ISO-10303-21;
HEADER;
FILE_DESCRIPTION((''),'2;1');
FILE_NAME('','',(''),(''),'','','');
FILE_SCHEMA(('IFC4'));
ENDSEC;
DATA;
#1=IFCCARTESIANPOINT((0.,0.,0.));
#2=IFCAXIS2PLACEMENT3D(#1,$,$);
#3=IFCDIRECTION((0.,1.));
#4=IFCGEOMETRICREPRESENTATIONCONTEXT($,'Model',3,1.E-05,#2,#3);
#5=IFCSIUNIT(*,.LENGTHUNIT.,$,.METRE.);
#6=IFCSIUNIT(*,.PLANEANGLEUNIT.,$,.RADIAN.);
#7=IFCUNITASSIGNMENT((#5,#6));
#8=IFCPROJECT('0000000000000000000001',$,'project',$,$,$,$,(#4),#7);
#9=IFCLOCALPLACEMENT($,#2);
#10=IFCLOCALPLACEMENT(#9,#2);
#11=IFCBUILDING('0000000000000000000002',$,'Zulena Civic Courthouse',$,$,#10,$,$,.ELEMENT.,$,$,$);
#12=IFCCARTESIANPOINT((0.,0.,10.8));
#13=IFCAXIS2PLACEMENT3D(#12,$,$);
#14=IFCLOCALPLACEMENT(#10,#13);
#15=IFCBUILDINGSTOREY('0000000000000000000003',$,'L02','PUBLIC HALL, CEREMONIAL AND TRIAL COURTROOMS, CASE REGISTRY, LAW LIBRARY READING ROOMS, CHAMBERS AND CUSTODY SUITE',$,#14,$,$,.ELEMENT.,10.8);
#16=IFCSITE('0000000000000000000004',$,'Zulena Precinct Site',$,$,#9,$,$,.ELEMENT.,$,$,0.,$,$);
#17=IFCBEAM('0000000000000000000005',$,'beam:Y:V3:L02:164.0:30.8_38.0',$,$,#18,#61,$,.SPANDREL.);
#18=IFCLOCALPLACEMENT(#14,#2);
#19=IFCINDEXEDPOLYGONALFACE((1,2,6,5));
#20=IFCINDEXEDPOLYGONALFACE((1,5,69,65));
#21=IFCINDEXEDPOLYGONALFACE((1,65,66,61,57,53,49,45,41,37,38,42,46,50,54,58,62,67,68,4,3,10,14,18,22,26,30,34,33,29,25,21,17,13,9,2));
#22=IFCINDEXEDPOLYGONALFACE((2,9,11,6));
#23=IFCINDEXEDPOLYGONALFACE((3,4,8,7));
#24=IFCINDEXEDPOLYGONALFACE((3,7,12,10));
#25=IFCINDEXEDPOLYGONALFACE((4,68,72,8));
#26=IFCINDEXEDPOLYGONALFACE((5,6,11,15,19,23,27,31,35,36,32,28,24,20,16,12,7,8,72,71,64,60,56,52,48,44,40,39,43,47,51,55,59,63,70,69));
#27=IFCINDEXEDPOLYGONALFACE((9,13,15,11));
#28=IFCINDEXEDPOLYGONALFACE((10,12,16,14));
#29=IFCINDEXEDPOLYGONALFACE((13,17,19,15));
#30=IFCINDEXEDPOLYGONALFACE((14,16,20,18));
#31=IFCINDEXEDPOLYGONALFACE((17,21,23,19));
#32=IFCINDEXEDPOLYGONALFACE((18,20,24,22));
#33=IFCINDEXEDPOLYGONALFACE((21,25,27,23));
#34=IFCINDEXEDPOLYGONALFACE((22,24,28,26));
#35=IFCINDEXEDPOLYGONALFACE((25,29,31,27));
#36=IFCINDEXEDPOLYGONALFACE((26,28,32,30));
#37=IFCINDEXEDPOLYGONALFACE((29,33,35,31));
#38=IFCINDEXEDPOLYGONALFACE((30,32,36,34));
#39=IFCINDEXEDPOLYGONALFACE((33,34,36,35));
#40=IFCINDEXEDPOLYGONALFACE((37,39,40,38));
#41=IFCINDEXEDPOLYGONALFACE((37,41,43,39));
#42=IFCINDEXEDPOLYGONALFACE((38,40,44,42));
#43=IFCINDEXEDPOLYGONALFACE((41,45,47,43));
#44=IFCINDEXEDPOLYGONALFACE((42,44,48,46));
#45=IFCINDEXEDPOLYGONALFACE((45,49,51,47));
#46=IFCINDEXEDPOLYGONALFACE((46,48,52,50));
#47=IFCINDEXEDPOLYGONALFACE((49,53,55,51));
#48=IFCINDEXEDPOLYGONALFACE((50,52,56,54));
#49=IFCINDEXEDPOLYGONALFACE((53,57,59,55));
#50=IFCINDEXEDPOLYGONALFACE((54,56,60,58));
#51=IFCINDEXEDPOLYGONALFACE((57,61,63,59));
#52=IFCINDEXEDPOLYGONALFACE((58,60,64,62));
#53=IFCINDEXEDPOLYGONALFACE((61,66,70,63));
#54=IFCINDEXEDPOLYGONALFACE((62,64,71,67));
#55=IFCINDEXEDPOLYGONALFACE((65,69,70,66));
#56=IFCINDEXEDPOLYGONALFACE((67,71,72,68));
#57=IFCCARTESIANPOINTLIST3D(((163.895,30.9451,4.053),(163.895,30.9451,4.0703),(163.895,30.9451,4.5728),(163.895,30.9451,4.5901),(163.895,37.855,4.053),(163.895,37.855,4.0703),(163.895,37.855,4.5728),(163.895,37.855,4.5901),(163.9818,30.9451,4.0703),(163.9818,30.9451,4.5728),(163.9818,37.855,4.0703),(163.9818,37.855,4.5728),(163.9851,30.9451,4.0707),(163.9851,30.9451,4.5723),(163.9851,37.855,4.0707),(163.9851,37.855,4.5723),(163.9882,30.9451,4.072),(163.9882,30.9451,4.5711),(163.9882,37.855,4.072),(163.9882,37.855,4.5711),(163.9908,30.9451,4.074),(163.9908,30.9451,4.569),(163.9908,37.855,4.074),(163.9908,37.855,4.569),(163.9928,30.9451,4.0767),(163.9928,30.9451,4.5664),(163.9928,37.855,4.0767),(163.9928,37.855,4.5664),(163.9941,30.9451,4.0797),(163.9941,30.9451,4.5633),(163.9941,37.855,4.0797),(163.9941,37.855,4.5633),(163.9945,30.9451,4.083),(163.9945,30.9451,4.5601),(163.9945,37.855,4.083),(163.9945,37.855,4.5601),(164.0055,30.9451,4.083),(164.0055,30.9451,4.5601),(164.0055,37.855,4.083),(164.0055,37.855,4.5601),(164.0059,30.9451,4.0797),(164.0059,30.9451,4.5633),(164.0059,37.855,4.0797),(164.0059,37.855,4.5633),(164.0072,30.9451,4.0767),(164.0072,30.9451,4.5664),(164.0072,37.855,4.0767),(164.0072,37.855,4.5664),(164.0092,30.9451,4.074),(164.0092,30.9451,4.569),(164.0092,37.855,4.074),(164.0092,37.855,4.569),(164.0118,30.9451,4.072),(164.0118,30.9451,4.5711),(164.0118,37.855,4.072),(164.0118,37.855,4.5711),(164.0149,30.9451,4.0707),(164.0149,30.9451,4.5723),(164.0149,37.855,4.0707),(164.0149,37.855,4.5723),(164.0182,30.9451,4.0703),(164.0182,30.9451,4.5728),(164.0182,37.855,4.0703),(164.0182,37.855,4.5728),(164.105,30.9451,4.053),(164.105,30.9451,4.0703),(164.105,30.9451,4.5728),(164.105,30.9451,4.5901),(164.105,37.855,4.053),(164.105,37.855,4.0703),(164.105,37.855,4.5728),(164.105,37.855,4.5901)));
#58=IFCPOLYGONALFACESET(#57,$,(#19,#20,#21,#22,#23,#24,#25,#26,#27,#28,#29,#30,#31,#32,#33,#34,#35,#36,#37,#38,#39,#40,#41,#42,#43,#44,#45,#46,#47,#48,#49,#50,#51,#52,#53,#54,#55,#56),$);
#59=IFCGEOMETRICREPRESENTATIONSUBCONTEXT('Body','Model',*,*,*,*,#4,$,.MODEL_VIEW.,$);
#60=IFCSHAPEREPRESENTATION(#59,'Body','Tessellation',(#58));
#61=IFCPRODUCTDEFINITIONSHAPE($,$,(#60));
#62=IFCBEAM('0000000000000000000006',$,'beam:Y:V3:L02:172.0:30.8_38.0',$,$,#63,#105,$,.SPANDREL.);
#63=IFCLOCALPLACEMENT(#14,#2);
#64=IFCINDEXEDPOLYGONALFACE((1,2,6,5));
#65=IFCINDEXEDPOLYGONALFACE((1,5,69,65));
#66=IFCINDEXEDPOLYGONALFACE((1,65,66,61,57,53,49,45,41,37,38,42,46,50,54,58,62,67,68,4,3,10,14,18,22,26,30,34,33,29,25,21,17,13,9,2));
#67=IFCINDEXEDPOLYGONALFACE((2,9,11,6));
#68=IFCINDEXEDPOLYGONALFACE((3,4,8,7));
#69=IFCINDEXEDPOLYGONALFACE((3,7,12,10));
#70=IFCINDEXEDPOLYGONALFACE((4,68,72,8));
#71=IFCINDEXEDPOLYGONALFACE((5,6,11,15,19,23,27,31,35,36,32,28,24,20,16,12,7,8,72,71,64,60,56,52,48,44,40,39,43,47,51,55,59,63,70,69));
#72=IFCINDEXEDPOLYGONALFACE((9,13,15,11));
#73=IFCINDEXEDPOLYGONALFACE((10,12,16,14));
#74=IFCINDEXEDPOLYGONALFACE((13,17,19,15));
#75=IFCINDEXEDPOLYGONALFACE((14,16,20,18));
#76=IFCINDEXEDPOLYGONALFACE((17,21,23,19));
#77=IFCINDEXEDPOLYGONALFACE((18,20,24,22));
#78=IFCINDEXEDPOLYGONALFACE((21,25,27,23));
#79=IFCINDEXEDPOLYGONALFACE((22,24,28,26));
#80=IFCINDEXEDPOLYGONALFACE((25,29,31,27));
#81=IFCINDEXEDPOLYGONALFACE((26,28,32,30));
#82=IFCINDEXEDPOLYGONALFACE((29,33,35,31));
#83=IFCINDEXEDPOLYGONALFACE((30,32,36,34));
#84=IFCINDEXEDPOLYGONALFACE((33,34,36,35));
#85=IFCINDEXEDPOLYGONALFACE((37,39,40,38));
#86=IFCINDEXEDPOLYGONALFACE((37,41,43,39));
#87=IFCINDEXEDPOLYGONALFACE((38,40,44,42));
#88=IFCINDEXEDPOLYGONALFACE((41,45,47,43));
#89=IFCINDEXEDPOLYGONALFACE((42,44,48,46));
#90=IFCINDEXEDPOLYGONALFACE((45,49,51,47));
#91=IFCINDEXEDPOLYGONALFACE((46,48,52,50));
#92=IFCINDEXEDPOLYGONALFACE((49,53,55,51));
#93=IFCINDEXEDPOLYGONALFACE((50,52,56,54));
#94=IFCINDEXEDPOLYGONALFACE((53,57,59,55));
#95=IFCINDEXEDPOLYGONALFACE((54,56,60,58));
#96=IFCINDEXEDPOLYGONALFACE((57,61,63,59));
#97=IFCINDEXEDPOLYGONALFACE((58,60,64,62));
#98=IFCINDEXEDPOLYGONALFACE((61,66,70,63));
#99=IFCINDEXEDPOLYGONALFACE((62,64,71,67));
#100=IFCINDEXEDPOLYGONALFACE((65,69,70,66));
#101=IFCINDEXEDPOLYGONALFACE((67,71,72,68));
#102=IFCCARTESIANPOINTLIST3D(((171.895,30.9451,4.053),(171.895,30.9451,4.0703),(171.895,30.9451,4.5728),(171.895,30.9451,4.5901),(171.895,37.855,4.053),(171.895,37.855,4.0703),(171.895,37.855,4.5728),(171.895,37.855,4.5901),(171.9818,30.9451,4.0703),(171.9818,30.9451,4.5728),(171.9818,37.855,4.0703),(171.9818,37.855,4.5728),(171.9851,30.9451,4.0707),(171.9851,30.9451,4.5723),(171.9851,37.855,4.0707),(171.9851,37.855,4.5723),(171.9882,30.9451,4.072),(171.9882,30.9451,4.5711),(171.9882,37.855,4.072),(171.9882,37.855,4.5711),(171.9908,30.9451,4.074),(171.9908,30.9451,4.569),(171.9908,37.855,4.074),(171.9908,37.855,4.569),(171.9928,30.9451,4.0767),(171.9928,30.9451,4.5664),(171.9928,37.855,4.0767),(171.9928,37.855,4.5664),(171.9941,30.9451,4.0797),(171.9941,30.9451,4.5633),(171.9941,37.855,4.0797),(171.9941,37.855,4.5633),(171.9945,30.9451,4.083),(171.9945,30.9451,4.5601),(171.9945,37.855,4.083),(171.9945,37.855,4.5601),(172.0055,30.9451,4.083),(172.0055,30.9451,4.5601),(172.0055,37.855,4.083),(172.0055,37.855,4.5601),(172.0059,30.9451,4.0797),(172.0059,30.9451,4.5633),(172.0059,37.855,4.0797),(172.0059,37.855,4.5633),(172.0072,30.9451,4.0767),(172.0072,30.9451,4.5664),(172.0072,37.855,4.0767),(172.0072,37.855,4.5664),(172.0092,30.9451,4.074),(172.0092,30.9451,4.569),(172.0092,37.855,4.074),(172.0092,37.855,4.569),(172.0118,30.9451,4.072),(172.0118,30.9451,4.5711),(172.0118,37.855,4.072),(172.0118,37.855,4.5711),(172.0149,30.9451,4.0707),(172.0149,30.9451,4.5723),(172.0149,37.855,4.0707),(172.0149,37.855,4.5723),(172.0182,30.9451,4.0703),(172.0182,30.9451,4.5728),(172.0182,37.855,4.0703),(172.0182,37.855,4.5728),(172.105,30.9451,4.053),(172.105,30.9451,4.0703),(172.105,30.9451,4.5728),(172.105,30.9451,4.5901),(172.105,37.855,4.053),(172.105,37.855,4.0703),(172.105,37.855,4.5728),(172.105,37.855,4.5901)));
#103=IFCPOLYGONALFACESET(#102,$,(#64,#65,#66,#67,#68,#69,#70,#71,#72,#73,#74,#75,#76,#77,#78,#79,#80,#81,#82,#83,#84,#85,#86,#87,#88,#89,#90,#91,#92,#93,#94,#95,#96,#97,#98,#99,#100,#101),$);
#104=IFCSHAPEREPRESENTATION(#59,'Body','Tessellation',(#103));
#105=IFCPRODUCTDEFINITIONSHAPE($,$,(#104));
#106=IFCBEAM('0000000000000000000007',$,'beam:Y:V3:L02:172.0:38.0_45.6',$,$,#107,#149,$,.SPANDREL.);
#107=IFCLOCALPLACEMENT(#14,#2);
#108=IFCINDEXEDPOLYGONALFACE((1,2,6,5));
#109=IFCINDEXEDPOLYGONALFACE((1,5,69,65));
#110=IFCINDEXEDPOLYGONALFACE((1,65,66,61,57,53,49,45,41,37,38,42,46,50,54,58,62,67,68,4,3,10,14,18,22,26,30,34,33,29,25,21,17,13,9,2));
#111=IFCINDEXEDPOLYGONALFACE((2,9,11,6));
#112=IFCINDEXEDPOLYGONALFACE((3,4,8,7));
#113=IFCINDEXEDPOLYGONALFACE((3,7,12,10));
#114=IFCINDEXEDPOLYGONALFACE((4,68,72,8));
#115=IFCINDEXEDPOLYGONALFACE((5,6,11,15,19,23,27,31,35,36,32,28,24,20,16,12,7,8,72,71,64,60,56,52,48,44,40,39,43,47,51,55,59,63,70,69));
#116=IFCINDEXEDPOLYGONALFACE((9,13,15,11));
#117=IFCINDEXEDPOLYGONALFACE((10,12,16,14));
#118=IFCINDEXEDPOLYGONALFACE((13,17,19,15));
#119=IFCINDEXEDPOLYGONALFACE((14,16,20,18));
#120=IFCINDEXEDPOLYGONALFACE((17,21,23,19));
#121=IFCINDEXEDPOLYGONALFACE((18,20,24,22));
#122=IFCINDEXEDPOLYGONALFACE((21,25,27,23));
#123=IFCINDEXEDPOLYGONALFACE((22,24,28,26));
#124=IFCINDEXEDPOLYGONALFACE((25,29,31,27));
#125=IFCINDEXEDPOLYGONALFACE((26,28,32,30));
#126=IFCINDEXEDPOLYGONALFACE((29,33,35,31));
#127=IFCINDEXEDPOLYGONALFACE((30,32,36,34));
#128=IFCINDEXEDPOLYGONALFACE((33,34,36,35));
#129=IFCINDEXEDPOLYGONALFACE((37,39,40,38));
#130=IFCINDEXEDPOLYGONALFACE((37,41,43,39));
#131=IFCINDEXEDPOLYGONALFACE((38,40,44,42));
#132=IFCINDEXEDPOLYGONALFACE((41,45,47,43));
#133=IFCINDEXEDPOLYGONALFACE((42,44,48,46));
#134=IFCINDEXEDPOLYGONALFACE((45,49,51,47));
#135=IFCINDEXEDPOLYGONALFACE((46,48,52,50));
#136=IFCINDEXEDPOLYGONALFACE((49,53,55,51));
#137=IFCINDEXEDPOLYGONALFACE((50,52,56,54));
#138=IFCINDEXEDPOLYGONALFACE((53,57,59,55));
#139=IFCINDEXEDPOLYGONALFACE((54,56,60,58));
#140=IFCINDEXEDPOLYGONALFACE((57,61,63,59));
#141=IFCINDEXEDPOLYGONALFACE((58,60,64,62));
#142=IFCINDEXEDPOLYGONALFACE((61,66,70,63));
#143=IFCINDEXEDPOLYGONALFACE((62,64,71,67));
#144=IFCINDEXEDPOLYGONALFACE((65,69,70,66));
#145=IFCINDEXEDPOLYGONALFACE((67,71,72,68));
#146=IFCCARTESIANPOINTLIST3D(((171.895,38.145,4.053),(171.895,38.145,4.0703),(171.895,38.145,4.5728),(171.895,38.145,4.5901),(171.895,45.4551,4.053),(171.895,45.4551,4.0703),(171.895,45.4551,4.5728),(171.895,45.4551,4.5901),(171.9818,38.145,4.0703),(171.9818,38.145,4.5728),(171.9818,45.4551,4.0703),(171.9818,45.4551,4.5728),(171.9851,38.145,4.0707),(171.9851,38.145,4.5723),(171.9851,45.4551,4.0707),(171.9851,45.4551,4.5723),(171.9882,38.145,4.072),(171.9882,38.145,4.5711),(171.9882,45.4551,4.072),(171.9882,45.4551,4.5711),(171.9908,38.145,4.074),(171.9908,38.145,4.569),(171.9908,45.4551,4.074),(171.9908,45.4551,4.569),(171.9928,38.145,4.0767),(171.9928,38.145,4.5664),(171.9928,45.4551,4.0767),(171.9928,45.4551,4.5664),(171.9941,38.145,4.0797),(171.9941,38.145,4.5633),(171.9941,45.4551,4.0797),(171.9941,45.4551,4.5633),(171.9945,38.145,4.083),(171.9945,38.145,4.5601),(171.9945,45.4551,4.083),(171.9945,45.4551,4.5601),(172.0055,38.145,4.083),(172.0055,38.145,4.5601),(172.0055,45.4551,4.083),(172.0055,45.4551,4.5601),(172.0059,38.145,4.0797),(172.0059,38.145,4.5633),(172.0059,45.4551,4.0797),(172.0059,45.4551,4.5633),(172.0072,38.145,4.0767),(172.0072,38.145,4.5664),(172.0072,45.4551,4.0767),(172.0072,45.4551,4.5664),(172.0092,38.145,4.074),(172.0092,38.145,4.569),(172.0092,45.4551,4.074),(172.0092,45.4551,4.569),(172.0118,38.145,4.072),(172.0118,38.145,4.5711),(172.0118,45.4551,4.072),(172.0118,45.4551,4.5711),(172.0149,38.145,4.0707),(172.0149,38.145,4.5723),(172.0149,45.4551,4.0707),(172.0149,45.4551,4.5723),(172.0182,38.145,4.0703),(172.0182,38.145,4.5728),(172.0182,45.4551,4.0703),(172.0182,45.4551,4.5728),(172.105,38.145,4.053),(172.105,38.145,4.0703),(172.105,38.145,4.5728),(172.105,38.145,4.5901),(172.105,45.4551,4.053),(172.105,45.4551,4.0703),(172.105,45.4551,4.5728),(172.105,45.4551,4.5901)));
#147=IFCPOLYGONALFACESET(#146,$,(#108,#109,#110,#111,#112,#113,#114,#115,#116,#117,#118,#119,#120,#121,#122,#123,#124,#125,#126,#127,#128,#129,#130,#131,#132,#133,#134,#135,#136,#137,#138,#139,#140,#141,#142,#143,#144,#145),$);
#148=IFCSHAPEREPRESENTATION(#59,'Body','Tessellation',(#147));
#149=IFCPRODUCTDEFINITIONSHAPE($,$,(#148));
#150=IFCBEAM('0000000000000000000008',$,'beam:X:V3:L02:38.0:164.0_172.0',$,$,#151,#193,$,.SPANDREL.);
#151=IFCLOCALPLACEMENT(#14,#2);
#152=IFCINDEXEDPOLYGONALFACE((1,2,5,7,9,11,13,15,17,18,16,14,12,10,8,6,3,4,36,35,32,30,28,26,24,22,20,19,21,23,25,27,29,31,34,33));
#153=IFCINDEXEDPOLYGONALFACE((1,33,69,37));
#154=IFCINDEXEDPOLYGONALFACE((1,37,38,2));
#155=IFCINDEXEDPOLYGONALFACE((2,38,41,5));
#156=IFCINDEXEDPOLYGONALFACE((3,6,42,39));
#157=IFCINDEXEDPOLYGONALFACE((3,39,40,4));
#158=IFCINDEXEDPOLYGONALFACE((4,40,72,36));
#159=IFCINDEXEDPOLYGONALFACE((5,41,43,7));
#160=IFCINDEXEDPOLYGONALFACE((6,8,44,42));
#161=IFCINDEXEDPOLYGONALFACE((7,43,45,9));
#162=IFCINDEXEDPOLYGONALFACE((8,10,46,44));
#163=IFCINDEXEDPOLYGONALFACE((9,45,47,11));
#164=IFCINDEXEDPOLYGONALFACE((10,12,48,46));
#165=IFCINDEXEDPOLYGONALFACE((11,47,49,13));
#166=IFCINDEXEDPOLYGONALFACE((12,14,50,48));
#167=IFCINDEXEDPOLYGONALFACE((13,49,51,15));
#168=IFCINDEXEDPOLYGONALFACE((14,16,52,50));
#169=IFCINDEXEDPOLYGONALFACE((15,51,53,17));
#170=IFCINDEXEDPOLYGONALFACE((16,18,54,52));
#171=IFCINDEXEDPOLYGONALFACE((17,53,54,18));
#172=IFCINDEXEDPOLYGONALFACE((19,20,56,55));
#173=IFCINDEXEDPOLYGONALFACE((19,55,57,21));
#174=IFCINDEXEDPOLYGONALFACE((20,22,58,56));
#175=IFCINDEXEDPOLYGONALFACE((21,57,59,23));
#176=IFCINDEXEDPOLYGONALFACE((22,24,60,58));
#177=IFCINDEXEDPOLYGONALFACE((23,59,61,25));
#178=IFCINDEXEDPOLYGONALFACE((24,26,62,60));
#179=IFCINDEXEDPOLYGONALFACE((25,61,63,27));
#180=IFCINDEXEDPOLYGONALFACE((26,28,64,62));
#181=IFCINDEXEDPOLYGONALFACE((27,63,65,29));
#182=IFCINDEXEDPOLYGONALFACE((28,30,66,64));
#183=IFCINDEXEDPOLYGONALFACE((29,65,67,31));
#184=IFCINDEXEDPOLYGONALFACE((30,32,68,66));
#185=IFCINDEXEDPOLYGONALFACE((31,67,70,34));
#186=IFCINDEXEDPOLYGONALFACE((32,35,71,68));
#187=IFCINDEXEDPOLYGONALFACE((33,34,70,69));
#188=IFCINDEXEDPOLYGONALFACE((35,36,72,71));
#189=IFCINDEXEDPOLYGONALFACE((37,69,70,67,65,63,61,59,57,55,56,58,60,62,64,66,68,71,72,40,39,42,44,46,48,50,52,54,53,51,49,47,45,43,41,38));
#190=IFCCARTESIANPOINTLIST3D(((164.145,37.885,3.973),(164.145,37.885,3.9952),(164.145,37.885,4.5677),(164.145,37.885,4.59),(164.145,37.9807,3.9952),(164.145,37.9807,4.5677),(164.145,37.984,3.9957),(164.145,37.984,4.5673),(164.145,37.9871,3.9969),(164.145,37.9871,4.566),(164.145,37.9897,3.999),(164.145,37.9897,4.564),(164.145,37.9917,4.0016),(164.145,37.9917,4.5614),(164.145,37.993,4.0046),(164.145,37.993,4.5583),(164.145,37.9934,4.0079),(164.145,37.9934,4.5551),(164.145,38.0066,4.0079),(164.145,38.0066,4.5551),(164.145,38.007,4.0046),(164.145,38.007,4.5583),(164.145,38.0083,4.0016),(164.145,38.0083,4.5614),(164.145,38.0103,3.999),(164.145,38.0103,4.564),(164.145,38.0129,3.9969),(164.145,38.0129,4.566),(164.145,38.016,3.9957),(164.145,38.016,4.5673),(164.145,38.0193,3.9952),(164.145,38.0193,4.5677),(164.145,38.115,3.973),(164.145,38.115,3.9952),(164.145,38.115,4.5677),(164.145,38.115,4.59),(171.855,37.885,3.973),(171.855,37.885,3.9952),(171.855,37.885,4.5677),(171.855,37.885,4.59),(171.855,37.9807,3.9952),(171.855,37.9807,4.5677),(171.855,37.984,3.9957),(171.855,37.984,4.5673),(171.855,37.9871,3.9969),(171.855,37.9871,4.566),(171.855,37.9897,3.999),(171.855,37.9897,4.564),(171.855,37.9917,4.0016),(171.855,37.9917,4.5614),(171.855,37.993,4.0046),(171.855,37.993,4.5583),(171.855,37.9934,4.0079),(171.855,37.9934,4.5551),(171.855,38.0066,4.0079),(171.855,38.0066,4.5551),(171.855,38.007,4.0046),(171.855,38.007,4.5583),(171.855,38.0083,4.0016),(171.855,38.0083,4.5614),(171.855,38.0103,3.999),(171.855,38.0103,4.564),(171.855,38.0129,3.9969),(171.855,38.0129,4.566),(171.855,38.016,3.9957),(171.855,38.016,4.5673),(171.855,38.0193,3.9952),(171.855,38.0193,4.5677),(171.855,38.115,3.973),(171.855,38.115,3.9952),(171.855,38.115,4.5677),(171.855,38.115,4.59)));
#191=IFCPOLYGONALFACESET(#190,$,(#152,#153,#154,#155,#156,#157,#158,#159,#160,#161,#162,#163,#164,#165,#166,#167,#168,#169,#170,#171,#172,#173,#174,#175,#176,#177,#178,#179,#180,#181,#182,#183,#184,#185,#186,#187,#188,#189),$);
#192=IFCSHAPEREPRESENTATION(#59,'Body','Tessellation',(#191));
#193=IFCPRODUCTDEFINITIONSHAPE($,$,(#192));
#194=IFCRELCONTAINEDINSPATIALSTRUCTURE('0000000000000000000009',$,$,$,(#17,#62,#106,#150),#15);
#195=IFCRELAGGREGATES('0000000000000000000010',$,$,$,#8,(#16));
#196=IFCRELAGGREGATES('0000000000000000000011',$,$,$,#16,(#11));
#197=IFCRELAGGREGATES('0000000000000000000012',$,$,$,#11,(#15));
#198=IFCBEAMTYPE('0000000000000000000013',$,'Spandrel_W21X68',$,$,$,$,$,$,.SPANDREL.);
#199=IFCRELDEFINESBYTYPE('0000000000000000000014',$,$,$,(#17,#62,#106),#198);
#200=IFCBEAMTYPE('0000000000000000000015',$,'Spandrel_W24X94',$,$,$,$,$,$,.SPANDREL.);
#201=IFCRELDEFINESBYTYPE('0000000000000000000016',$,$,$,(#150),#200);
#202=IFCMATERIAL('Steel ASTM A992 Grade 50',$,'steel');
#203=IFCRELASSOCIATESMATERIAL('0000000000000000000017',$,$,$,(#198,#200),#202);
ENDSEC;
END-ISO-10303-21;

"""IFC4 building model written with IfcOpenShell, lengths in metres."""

from ifc_helpers import new_model, si_unit, direction, frame, origin, origin_2d, place, context, subcontext, project, spatial, i_section, extrude, material, material_profile, profile_set, type_object, element, save


model = new_model("IFC4")

# Units and contexts
model_context = context("Model", 3, precision=1e-05, world=origin(), true_north=direction((0.0, 1.0)))
body_context = subcontext(model_context, "Body", "Model", "MODEL_VIEW")
ifc_project = project(units=[si_unit("LENGTHUNIT", "METRE"), si_unit("PLANEANGLEUNIT", "RADIAN")], contexts=[model_context])

# Site, building, storey
site_placement = place(None, origin())
site = spatial("IfcSite", under=ifc_project, at=site_placement, Name="Zulena Precinct Site", CompositionType="ELEMENT", RefElevation=0.0)
building_placement = place(site_placement, origin())
building = spatial("IfcBuilding", under=site, at=building_placement, Name="Zulena Civic Courthouse", CompositionType="ELEMENT")
storey_placement = place(building_placement, frame((0.0, 0.0, 10.8)))
storey = spatial("IfcBuildingStorey", under=building, at=storey_placement, Name="L02", Description="PUBLIC HALL, CEREMONIAL AND TRIAL COURTROOMS, CASE REGISTRY, LAW LIBRARY READING ROOMS, CHAMBERS AND CUSTODY SUITE", CompositionType="ELEMENT", Elevation=10.8)

# Shared definitions
ifc_material_1 = material(Name="Steel ASTM A992 Grade 50", Category="steel")

# Beams
ifc_material_profile_1 = material_profile(ifc_material_1, i_section(OverallWidth=0.21, OverallDepth=0.5371, WebThickness=0.011, FlangeThickness=0.0173, FilletRadius=0.0127, at=origin_2d()), Name="W21X68")
ifc_profile_set_1 = profile_set([ifc_material_profile_1], Name="Steel ASTM A992 Grade 50")
beam_type_1 = type_object("IfcBeamType", Name="Spandrel_W21X68", PredefinedType="SPANDREL", material=ifc_profile_set_1)
for number, where, z_axis, x_axis, name in (
    (1, (164.0, 30.9451, 4.3215), (0.0, 1.0, 0.0), (-1.0, 0.0, 0.0), "beam:Y:V3:L02:164.0:30.8_38.0"),
    (2, (172.0, 30.9451, 4.3215), (0.0, 1.0, 0.0), (-1.0, 0.0, 0.0), "beam:Y:V3:L02:172.0:30.8_38.0"),
):
    element("IfcBeam", number, at=place(storey_placement, frame(where, z_axis=z_axis, x_axis=x_axis)), inside=storey, type_object=beam_type_1, Name=name, PredefinedType="SPANDREL", context=body_context, shape_type="SweptSolid", body=[
        extrude(i_section(OverallWidth=0.21, OverallDepth=0.5371, WebThickness=0.011, FlangeThickness=0.0173, FilletRadius=0.0127, at=origin_2d()), origin(), (0.0, 0.0, 1.0), 6.9099),
    ])
beam_1_placement = place(storey_placement, frame((172.0, 38.145, 4.3215), z_axis=(0.0, 1.0, 0.0), x_axis=(-1.0, 0.0, 0.0)))
element("IfcBeam", 3, at=beam_1_placement, inside=storey, type_object=beam_type_1, Name="beam:Y:V3:L02:172.0:38.0_45.6", PredefinedType="SPANDREL", context=body_context, shape_type="SweptSolid", body=[
    extrude(i_section(OverallWidth=0.21, OverallDepth=0.5371, WebThickness=0.011, FlangeThickness=0.0173, FilletRadius=0.0127, at=origin_2d()), origin(), (0.0, 0.0, 1.0), 7.3101),
])
ifc_material_profile_2 = material_profile(ifc_material_1, i_section(OverallWidth=0.23, OverallDepth=0.6169, WebThickness=0.0132, FlangeThickness=0.0222, FilletRadius=0.0127, at=origin_2d()), Name="W24X94")
ifc_profile_set_2 = profile_set([ifc_material_profile_2], Name="Steel ASTM A992 Grade 50")
beam_type_2 = type_object("IfcBeamType", Name="Spandrel_W24X94", PredefinedType="SPANDREL", material=ifc_profile_set_2)
beam_2_placement = place(storey_placement, frame((164.145, 38.0, 4.2815), z_axis=(1.0, 0.0, 0.0), x_axis=(0.0, 1.0, 0.0)))
element("IfcBeam", 4, at=beam_2_placement, inside=storey, type_object=beam_type_2, Name="beam:X:V3:L02:38.0:164.0_172.0", PredefinedType="SPANDREL", context=body_context, shape_type="SweptSolid", body=[
    extrude(i_section(OverallWidth=0.23, OverallDepth=0.6169, WebThickness=0.0132, FlangeThickness=0.0222, FilletRadius=0.0127, at=origin_2d()), origin(), (0.0, 0.0, 1.0), 7.71),
])

save(model, "model.ifc")
